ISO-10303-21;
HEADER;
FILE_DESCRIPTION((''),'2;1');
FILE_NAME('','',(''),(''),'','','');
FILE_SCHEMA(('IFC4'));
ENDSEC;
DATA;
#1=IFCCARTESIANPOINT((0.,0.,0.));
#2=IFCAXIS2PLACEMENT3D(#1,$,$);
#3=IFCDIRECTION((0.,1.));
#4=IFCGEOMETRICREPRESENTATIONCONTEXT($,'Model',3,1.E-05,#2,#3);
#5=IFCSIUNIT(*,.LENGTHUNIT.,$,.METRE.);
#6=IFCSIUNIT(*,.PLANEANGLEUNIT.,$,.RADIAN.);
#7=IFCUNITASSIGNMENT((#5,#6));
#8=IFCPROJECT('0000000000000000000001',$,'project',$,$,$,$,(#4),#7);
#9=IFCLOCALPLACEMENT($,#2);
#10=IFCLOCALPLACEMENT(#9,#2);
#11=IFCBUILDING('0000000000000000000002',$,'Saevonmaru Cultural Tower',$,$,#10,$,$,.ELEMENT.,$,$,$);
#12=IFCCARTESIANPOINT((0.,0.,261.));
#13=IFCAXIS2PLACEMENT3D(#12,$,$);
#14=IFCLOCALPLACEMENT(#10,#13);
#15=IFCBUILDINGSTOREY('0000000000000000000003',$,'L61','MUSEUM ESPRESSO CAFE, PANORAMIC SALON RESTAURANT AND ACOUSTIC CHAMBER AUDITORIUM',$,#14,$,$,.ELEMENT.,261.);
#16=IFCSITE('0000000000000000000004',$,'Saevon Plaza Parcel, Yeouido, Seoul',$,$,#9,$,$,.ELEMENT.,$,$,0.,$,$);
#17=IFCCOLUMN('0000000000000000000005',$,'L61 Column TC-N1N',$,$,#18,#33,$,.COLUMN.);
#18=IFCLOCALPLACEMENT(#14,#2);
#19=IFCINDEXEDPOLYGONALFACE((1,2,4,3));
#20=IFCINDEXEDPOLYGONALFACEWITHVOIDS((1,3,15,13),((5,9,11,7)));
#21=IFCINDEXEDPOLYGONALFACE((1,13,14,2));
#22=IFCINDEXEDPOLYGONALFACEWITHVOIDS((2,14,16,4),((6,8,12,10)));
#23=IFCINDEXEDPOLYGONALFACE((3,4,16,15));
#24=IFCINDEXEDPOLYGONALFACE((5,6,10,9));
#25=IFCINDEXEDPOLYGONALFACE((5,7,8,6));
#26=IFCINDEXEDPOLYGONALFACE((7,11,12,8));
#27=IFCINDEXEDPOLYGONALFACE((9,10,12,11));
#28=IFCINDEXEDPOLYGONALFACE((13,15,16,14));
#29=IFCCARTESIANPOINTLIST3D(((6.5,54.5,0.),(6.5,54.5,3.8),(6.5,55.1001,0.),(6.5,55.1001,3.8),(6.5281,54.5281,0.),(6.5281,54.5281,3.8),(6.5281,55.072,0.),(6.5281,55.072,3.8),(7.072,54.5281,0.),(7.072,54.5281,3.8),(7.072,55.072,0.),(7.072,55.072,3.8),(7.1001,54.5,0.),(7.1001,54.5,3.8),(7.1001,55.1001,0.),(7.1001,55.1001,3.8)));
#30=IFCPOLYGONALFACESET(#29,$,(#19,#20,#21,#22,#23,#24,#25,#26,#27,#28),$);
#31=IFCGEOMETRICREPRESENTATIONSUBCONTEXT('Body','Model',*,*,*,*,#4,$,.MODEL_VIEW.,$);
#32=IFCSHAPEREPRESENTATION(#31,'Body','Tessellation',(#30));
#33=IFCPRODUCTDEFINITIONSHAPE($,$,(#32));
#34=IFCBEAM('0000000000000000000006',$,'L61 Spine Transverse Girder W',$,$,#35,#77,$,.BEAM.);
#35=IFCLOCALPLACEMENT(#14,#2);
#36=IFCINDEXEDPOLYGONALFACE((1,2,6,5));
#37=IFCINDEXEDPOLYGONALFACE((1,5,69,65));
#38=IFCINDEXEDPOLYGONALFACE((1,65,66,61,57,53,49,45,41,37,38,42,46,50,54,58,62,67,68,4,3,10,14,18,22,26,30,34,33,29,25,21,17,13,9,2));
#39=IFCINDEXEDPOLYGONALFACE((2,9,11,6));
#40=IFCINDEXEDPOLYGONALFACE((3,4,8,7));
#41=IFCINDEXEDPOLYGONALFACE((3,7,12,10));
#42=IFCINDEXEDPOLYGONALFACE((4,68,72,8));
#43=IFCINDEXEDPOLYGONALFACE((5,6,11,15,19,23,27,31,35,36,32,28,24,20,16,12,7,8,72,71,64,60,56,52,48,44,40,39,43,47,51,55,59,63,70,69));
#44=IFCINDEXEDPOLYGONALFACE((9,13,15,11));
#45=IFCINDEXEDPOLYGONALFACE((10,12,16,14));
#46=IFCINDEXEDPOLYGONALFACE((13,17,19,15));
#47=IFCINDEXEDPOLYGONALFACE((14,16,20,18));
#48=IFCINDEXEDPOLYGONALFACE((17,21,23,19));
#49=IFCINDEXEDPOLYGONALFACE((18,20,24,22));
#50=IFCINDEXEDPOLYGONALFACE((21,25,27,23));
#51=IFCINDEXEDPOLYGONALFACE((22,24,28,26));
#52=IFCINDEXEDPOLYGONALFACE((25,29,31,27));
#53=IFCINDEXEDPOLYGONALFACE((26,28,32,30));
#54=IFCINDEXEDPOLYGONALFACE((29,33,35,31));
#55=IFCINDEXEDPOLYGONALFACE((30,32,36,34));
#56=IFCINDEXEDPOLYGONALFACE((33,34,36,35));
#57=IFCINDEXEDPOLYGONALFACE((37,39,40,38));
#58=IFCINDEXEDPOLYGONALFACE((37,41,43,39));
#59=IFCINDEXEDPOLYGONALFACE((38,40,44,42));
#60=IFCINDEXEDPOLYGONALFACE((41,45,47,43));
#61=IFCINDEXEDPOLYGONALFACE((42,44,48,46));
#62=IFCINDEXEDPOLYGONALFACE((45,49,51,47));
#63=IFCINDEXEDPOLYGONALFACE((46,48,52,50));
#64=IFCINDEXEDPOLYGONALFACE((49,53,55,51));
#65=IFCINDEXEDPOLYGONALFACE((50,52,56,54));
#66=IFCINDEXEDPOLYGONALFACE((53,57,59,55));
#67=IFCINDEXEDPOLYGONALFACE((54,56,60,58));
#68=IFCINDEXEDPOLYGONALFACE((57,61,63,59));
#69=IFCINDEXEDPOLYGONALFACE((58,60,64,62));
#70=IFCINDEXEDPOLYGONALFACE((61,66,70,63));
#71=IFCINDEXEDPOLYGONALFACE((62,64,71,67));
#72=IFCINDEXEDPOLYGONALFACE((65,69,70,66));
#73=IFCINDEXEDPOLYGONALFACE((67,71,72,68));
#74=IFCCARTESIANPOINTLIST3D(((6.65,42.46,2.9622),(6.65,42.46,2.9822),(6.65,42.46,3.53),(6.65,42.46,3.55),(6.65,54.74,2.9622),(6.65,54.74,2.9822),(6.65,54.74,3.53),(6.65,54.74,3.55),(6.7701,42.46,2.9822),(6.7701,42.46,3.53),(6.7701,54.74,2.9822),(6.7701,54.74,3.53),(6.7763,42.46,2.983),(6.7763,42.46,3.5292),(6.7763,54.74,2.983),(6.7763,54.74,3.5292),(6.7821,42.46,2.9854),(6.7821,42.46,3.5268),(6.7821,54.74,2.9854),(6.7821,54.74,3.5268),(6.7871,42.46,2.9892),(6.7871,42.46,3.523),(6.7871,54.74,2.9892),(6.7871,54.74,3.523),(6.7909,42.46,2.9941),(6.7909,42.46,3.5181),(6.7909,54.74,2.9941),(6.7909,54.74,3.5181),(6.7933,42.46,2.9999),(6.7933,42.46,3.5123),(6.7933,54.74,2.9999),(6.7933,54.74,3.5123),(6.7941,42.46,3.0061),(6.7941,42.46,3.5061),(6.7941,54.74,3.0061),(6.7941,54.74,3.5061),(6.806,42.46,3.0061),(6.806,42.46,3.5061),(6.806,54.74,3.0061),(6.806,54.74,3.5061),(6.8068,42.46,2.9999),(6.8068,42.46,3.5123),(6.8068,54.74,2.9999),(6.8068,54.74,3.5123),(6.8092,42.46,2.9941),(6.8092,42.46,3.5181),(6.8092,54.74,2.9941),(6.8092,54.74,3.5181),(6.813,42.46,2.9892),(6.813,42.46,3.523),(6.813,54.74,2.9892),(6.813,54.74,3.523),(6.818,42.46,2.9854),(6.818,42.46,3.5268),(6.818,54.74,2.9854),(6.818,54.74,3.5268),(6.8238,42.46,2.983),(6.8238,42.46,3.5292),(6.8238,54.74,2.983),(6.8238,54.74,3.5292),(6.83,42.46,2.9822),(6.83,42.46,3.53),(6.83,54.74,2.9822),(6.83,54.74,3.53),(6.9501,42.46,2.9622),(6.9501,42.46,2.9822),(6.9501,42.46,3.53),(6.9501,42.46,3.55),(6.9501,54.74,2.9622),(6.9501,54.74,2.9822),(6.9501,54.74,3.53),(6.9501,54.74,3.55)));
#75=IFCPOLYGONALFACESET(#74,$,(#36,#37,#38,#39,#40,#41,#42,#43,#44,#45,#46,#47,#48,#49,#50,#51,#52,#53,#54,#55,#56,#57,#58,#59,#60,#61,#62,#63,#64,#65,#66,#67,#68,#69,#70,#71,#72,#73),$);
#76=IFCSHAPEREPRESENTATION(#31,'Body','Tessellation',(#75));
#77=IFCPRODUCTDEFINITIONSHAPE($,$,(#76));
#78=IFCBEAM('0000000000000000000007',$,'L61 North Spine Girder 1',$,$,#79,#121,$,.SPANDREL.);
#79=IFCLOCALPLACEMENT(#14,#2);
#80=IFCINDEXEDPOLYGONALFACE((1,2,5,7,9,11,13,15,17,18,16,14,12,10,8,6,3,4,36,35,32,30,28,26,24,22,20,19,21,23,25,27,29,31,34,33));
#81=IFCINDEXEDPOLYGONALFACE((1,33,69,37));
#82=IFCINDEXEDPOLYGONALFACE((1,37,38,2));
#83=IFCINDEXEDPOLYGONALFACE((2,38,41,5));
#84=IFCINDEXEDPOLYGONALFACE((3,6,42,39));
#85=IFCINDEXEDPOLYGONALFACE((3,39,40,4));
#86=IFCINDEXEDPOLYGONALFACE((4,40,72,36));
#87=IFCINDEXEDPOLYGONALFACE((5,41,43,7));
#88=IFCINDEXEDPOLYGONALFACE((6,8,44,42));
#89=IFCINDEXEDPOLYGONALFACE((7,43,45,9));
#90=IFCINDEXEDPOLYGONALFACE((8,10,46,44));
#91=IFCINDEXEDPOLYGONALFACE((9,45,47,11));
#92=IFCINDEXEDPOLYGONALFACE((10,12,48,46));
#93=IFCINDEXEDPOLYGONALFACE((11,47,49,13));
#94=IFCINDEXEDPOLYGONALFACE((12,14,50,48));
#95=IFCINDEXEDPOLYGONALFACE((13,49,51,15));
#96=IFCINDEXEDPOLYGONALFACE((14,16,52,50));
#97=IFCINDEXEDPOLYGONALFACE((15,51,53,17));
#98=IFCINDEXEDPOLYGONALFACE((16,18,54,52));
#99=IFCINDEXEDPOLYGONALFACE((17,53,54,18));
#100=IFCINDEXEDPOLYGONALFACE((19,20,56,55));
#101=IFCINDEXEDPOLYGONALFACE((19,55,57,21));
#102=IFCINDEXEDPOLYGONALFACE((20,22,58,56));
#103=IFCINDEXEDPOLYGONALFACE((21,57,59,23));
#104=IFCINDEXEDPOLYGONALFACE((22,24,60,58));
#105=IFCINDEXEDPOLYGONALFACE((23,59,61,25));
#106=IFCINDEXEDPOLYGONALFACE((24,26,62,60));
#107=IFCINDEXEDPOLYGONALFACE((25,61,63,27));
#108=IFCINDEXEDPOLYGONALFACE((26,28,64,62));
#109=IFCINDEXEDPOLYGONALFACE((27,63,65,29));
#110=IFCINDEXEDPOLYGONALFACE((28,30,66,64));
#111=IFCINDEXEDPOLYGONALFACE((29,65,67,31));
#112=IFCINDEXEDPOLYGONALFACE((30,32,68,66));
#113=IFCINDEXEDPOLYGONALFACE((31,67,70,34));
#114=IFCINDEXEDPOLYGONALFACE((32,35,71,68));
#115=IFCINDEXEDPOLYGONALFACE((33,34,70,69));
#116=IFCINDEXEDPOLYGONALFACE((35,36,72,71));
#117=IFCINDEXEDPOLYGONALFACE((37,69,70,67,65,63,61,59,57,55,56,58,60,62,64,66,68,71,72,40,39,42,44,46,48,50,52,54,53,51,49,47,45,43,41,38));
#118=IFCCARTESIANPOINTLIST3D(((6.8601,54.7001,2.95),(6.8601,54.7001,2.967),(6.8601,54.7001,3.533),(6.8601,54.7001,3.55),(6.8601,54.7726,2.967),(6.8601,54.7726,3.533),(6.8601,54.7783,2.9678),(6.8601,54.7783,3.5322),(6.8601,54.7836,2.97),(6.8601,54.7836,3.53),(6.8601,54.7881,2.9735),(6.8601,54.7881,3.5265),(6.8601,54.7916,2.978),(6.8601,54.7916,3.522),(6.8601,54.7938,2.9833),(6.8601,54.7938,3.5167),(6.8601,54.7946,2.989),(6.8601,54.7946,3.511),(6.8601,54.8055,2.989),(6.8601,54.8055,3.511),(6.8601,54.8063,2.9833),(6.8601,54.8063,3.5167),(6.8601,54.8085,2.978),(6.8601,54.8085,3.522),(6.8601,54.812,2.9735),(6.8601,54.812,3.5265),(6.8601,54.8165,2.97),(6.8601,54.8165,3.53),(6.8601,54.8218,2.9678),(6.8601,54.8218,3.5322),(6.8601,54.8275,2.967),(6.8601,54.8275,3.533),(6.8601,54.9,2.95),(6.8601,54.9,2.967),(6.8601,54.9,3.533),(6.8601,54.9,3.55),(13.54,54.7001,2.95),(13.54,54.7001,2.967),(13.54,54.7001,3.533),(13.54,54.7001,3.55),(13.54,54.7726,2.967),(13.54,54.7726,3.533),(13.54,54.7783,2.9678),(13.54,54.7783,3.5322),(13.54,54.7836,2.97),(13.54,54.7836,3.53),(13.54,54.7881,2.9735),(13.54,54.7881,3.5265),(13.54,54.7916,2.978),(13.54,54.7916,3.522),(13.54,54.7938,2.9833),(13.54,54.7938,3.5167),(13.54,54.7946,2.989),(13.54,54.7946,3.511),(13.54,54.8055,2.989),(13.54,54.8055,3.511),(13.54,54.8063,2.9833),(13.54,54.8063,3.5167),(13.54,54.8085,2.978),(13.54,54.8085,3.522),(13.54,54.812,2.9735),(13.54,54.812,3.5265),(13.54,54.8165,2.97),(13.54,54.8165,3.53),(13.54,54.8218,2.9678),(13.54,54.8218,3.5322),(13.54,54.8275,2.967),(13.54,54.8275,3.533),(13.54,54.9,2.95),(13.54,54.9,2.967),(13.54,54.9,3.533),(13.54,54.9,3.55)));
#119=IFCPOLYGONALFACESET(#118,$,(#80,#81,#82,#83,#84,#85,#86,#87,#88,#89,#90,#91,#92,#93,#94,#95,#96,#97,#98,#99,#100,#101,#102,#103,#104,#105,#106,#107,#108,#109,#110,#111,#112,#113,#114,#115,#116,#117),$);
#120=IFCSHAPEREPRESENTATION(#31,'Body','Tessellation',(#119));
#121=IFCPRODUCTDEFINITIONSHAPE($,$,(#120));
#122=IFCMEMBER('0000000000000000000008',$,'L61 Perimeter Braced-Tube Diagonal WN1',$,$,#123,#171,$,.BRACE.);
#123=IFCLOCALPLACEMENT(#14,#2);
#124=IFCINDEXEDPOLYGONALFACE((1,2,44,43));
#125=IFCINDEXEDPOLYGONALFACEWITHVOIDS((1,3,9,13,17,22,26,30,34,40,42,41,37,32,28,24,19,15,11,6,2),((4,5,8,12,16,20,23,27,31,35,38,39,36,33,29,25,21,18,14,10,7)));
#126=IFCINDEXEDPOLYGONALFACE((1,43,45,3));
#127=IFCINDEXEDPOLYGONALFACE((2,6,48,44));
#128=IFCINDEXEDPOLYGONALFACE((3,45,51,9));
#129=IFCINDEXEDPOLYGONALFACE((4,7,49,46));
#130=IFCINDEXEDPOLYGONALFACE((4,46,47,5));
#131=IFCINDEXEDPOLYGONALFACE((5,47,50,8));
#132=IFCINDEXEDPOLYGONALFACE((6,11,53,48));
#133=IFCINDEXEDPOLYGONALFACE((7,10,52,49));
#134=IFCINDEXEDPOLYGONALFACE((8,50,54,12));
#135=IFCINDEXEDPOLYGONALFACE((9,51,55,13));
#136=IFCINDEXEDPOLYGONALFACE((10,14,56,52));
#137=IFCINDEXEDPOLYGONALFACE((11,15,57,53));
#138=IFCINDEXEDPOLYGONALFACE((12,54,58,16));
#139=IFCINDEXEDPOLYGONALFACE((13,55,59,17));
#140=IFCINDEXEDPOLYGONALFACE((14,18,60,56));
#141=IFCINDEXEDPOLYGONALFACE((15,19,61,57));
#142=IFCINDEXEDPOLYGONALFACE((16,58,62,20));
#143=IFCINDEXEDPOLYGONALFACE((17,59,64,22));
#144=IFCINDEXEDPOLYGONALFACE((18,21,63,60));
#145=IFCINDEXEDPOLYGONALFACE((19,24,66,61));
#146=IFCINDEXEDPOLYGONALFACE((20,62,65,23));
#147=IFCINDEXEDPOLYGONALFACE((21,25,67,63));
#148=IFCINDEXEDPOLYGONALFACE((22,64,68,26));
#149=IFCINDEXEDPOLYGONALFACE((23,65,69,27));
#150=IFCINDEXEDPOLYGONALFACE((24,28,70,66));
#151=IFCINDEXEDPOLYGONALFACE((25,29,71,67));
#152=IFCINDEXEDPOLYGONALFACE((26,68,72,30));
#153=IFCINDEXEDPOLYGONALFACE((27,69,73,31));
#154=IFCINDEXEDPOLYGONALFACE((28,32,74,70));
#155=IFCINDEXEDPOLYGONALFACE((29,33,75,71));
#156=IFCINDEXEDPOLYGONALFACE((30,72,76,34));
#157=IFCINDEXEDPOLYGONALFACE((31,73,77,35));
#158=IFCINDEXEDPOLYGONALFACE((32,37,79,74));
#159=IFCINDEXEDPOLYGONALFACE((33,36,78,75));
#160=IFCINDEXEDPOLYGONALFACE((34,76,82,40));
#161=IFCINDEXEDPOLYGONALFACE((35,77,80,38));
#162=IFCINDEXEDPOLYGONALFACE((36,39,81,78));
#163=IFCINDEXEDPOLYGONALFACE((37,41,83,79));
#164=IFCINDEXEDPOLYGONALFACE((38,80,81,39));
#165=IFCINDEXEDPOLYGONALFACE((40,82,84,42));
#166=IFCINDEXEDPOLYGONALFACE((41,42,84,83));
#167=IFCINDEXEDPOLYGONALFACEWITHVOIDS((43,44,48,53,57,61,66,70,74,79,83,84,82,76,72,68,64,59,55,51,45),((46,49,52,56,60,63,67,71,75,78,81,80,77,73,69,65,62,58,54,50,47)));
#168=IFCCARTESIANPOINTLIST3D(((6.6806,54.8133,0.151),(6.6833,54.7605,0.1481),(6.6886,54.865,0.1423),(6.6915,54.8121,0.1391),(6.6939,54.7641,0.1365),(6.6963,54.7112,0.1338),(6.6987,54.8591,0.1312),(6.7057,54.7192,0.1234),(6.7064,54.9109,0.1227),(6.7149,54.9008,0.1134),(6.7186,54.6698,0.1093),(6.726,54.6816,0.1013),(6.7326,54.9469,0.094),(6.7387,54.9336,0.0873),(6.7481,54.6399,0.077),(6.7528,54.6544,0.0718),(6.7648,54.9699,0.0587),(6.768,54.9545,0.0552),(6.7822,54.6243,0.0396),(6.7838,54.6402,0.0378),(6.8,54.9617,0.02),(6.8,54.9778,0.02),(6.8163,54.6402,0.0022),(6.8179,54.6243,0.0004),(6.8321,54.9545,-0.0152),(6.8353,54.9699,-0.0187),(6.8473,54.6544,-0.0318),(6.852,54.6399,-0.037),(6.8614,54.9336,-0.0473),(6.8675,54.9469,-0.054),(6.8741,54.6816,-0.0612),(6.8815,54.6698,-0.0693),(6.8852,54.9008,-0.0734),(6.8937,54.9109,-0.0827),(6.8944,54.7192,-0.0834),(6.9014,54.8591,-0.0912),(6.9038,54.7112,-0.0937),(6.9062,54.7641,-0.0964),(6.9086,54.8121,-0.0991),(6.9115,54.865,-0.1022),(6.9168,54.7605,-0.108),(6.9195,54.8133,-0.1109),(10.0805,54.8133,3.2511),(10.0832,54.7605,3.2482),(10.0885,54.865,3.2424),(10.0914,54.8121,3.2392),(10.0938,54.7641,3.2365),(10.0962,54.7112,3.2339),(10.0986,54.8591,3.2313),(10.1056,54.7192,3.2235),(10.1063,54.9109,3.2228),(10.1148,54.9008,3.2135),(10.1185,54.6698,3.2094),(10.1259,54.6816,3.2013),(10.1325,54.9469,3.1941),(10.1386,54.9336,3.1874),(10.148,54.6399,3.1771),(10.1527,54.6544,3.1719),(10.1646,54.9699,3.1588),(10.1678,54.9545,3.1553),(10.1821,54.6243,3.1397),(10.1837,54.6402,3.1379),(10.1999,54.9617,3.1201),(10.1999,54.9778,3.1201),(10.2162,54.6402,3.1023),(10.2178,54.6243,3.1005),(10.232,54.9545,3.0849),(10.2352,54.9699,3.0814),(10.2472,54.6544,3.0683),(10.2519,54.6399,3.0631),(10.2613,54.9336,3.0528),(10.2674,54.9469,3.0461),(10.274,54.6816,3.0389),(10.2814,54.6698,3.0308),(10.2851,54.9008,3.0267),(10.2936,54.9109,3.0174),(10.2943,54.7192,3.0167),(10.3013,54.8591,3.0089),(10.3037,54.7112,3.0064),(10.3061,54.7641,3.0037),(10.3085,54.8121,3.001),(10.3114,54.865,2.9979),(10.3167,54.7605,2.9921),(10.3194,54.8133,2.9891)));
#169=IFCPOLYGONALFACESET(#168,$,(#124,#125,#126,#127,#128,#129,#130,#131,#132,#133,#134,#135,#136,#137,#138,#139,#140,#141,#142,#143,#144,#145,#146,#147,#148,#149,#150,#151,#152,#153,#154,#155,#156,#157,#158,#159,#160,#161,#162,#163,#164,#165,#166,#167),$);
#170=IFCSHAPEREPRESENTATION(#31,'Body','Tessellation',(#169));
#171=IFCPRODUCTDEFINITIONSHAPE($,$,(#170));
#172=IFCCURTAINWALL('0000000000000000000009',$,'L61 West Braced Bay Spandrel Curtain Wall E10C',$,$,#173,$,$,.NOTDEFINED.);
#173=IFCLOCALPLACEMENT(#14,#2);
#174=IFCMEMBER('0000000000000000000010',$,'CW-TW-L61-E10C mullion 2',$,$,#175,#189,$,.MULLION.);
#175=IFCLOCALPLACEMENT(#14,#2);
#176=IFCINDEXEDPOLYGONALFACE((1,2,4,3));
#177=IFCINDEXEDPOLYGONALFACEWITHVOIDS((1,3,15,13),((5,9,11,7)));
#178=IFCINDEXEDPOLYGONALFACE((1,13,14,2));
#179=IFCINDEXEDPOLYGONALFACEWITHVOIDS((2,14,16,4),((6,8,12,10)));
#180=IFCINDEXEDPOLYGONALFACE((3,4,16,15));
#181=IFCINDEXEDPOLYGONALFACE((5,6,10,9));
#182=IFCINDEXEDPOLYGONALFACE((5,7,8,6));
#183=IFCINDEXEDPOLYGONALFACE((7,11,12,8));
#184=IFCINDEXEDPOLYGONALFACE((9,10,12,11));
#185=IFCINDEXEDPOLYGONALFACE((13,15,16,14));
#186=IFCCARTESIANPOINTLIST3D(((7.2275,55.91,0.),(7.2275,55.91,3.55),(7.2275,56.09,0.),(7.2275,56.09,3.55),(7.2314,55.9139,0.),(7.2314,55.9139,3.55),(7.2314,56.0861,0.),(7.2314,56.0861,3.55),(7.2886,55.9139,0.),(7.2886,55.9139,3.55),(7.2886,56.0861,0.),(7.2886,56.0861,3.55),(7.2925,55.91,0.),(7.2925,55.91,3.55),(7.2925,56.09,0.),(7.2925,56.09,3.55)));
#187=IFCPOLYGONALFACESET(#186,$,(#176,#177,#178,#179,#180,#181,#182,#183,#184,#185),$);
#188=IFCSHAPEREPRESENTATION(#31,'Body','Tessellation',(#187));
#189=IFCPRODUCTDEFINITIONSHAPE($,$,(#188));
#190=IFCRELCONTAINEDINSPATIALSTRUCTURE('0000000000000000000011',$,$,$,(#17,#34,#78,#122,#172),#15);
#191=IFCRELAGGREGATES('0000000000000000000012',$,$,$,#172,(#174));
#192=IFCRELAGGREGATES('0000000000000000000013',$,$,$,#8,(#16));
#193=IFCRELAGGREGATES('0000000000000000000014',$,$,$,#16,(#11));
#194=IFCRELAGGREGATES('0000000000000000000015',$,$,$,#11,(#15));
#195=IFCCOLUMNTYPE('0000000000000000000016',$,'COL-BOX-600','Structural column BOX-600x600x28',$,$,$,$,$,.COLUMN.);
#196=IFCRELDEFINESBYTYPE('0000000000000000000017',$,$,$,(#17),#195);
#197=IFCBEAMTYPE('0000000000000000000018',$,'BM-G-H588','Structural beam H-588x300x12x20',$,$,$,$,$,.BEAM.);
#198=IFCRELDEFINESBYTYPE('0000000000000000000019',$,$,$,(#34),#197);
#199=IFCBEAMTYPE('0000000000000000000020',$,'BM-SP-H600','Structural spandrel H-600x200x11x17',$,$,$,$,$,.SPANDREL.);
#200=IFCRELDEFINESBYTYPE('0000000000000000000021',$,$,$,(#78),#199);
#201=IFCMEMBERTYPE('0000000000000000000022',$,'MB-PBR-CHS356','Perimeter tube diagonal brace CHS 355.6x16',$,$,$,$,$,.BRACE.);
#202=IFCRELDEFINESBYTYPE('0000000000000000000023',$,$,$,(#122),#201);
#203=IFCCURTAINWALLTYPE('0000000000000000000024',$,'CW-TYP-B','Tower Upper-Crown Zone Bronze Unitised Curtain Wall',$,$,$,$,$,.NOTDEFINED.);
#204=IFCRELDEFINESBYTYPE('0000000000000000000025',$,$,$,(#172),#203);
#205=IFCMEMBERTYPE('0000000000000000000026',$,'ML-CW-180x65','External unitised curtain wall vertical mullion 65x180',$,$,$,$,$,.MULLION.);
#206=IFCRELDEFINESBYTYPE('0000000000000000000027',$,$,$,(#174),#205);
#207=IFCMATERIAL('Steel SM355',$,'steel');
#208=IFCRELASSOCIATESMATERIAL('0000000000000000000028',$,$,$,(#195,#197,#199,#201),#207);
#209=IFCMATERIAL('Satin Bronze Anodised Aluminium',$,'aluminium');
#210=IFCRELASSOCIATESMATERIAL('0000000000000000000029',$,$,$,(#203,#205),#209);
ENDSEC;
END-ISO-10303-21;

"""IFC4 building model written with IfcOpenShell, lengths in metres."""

from ifc_helpers import new_model, si_unit, direction, frame, origin, origin_2d, place, context, subcontext, project, spatial, hollow_rectangle, hollow_circle, i_section, extrude, material, material_profile, profile_set, type_object, element, aggregate, save


model = new_model("IFC4")

# Units and contexts
model_context = context("Model", 3, precision=1e-05, world=origin(), true_north=direction((0.0, 1.0)))
body_context = subcontext(model_context, "Body", "Model", "MODEL_VIEW")
ifc_project = project(units=[si_unit("LENGTHUNIT", "METRE"), si_unit("PLANEANGLEUNIT", "RADIAN")], contexts=[model_context])

# Site, building, storey
site_placement = place(None, origin())
site = spatial("IfcSite", under=ifc_project, at=site_placement, Name="Saevon Plaza Parcel, Yeouido, Seoul", CompositionType="ELEMENT", RefElevation=0.0)
building_placement = place(site_placement, origin())
building = spatial("IfcBuilding", under=site, at=building_placement, Name="Saevonmaru Cultural Tower", CompositionType="ELEMENT")
storey_placement = place(building_placement, frame((0.0, 0.0, 261.0)))
storey = spatial("IfcBuildingStorey", under=building, at=storey_placement, Name="L61", Description="MUSEUM ESPRESSO CAFE, PANORAMIC SALON RESTAURANT AND ACOUSTIC CHAMBER AUDITORIUM", CompositionType="ELEMENT", Elevation=261.0)

# Column
ifc_material_1 = material(Name="Steel SM355", Category="steel")
ifc_material_profile_1 = material_profile(ifc_material_1, hollow_rectangle(XDim=0.6001, YDim=0.6001, WallThickness=0.0281, at=origin_2d()), Name="BOX-600x600x28")
ifc_profile_set_1 = profile_set([ifc_material_profile_1], Name="Steel SM355")
column_type = type_object("IfcColumnType", Name="COL-BOX-600", Description="Structural column BOX-600x600x28", PredefinedType="COLUMN", material=ifc_profile_set_1)
column_placement = place(storey_placement, frame((6.8, 54.8, 0.0), z_axis=(0.0, 0.0, 1.0), x_axis=(1.0, 0.0, 0.0)))
element("IfcColumn", 1, at=column_placement, inside=storey, type_object=column_type, Name="L61 Column TC-N1N", PredefinedType="COLUMN", context=body_context, shape_type="SweptSolid", body=[
    extrude(hollow_rectangle(XDim=0.6001, YDim=0.6001, WallThickness=0.0281, at=origin_2d()), origin(), (0.0, 0.0, 1.0), 3.8),
])

# Beams
ifc_material_profile_2 = material_profile(ifc_material_1, i_section(OverallWidth=0.3, OverallDepth=0.5879, WebThickness=0.012, FlangeThickness=0.02, FilletRadius=0.0239, at=origin_2d()), Name="H-588x300x12x20")
ifc_profile_set_2 = profile_set([ifc_material_profile_2], Name="Steel SM355")
beam_type_1 = type_object("IfcBeamType", Name="BM-G-H588", Description="Structural beam H-588x300x12x20", PredefinedType="BEAM", material=ifc_profile_set_2)
beam_1_placement = place(storey_placement, frame((6.8, 54.74, 3.2561), z_axis=(0.0, -1.0, 0.0), x_axis=(1.0, 0.0, 0.0)))
element("IfcBeam", 2, at=beam_1_placement, inside=storey, type_object=beam_type_1, Name="L61 Spine Transverse Girder W", PredefinedType="BEAM", context=body_context, shape_type="SweptSolid", body=[
    extrude(i_section(OverallWidth=0.3, OverallDepth=0.5879, WebThickness=0.012, FlangeThickness=0.02, FilletRadius=0.0239, at=origin_2d()), origin(), (0.0, 0.0, 1.0), 12.28),
])
ifc_material_profile_3 = material_profile(ifc_material_1, i_section(OverallWidth=0.2, OverallDepth=0.6001, WebThickness=0.011, FlangeThickness=0.0171, FilletRadius=0.022, at=origin_2d()), Name="H-600x200x11x17")
ifc_profile_set_3 = profile_set([ifc_material_profile_3], Name="Steel SM355")
beam_type_2 = type_object("IfcBeamType", Name="BM-SP-H600", Description="Structural spandrel H-600x200x11x17", PredefinedType="SPANDREL", material=ifc_profile_set_3)
beam_2_placement = place(storey_placement, frame((6.8601, 54.8, 3.25), z_axis=(1.0, 0.0, 0.0), x_axis=(0.0, 1.0, 0.0)))
element("IfcBeam", 3, at=beam_2_placement, inside=storey, type_object=beam_type_2, Name="L61 North Spine Girder 1", PredefinedType="SPANDREL", context=body_context, shape_type="SweptSolid", body=[
    extrude(i_section(OverallWidth=0.2, OverallDepth=0.6001, WebThickness=0.011, FlangeThickness=0.0171, FilletRadius=0.022, at=origin_2d()), origin(), (0.0, 0.0, 1.0), 6.6799),
])

# Member
ifc_material_profile_4 = material_profile(ifc_material_1, hollow_circle(Radius=0.1777, WallThickness=0.0161, at=origin_2d()), Name="CHS-355.6x16")
ifc_profile_set_4 = profile_set([ifc_material_profile_4], Name="Steel SM355")
member_type_1 = type_object("IfcMemberType", Name="MB-PBR-CHS356", Description="Perimeter tube diagonal brace CHS 355.6x16", PredefinedType="BRACE", material=ifc_profile_set_4)
member_1_placement = place(storey_placement, frame((6.8, 54.8, 0.02), z_axis=(0.738936, 0.0, 0.673776), x_axis=(0.0, 1.0, 0.0)))
element("IfcMember", 4, at=member_1_placement, inside=storey, type_object=member_type_1, Name="L61 Perimeter Braced-Tube Diagonal WN1", PredefinedType="BRACE", context=body_context, shape_type="SweptSolid", body=[
    extrude(hollow_circle(Radius=0.1777, WallThickness=0.0161, at=origin_2d()), origin(), (0.0, 0.0, 1.0), 4.6011),
])

# Curtain wall, member
ifc_material_2 = material(Name="Satin Bronze Anodised Aluminium", Category="aluminium")
curtain_wall_type = type_object("IfcCurtainWallType", Name="CW-TYP-B", Description="Tower Upper-Crown Zone Bronze Unitised Curtain Wall", PredefinedType="NOTDEFINED", material=ifc_material_2)
curtain_wall_1_placement = place(storey_placement, origin())
curtain_wall_1 = element("IfcCurtainWall", 5, at=curtain_wall_1_placement, inside=storey, type_object=curtain_wall_type, Name="L61 West Braced Bay Spandrel Curtain Wall E10C", PredefinedType="NOTDEFINED")
ifc_material_profile_5 = material_profile(ifc_material_2, hollow_rectangle(XDim=0.0649, YDim=0.1799, WallThickness=0.0039, at=origin_2d()), Name="ALU-MULL-180x65x4")
ifc_profile_set_5 = profile_set([ifc_material_profile_5], Name="Satin Bronze Anodised Aluminium")
member_type_2 = type_object("IfcMemberType", Name="ML-CW-180x65", Description="External unitised curtain wall vertical mullion 65x180", PredefinedType="MULLION", material=ifc_profile_set_5)
member_2_placement = place(storey_placement, frame((7.26, 56.0, 0.0), z_axis=(0.0, 0.0, 1.0), x_axis=(-1.0, 0.0, 0.0)))
member_2 = element("IfcMember", 6, at=member_2_placement, type_object=member_type_2, Name="CW-TW-L61-E10C mullion 2", PredefinedType="MULLION", context=body_context, shape_type="SweptSolid", body=[
    extrude(hollow_rectangle(XDim=0.0649, YDim=0.1799, WallThickness=0.0039, at=origin_2d()), origin(), (0.0, 0.0, 1.0), 3.55),
])

aggregate(curtain_wall_1, [member_2])

save(model, "model.ifc")
